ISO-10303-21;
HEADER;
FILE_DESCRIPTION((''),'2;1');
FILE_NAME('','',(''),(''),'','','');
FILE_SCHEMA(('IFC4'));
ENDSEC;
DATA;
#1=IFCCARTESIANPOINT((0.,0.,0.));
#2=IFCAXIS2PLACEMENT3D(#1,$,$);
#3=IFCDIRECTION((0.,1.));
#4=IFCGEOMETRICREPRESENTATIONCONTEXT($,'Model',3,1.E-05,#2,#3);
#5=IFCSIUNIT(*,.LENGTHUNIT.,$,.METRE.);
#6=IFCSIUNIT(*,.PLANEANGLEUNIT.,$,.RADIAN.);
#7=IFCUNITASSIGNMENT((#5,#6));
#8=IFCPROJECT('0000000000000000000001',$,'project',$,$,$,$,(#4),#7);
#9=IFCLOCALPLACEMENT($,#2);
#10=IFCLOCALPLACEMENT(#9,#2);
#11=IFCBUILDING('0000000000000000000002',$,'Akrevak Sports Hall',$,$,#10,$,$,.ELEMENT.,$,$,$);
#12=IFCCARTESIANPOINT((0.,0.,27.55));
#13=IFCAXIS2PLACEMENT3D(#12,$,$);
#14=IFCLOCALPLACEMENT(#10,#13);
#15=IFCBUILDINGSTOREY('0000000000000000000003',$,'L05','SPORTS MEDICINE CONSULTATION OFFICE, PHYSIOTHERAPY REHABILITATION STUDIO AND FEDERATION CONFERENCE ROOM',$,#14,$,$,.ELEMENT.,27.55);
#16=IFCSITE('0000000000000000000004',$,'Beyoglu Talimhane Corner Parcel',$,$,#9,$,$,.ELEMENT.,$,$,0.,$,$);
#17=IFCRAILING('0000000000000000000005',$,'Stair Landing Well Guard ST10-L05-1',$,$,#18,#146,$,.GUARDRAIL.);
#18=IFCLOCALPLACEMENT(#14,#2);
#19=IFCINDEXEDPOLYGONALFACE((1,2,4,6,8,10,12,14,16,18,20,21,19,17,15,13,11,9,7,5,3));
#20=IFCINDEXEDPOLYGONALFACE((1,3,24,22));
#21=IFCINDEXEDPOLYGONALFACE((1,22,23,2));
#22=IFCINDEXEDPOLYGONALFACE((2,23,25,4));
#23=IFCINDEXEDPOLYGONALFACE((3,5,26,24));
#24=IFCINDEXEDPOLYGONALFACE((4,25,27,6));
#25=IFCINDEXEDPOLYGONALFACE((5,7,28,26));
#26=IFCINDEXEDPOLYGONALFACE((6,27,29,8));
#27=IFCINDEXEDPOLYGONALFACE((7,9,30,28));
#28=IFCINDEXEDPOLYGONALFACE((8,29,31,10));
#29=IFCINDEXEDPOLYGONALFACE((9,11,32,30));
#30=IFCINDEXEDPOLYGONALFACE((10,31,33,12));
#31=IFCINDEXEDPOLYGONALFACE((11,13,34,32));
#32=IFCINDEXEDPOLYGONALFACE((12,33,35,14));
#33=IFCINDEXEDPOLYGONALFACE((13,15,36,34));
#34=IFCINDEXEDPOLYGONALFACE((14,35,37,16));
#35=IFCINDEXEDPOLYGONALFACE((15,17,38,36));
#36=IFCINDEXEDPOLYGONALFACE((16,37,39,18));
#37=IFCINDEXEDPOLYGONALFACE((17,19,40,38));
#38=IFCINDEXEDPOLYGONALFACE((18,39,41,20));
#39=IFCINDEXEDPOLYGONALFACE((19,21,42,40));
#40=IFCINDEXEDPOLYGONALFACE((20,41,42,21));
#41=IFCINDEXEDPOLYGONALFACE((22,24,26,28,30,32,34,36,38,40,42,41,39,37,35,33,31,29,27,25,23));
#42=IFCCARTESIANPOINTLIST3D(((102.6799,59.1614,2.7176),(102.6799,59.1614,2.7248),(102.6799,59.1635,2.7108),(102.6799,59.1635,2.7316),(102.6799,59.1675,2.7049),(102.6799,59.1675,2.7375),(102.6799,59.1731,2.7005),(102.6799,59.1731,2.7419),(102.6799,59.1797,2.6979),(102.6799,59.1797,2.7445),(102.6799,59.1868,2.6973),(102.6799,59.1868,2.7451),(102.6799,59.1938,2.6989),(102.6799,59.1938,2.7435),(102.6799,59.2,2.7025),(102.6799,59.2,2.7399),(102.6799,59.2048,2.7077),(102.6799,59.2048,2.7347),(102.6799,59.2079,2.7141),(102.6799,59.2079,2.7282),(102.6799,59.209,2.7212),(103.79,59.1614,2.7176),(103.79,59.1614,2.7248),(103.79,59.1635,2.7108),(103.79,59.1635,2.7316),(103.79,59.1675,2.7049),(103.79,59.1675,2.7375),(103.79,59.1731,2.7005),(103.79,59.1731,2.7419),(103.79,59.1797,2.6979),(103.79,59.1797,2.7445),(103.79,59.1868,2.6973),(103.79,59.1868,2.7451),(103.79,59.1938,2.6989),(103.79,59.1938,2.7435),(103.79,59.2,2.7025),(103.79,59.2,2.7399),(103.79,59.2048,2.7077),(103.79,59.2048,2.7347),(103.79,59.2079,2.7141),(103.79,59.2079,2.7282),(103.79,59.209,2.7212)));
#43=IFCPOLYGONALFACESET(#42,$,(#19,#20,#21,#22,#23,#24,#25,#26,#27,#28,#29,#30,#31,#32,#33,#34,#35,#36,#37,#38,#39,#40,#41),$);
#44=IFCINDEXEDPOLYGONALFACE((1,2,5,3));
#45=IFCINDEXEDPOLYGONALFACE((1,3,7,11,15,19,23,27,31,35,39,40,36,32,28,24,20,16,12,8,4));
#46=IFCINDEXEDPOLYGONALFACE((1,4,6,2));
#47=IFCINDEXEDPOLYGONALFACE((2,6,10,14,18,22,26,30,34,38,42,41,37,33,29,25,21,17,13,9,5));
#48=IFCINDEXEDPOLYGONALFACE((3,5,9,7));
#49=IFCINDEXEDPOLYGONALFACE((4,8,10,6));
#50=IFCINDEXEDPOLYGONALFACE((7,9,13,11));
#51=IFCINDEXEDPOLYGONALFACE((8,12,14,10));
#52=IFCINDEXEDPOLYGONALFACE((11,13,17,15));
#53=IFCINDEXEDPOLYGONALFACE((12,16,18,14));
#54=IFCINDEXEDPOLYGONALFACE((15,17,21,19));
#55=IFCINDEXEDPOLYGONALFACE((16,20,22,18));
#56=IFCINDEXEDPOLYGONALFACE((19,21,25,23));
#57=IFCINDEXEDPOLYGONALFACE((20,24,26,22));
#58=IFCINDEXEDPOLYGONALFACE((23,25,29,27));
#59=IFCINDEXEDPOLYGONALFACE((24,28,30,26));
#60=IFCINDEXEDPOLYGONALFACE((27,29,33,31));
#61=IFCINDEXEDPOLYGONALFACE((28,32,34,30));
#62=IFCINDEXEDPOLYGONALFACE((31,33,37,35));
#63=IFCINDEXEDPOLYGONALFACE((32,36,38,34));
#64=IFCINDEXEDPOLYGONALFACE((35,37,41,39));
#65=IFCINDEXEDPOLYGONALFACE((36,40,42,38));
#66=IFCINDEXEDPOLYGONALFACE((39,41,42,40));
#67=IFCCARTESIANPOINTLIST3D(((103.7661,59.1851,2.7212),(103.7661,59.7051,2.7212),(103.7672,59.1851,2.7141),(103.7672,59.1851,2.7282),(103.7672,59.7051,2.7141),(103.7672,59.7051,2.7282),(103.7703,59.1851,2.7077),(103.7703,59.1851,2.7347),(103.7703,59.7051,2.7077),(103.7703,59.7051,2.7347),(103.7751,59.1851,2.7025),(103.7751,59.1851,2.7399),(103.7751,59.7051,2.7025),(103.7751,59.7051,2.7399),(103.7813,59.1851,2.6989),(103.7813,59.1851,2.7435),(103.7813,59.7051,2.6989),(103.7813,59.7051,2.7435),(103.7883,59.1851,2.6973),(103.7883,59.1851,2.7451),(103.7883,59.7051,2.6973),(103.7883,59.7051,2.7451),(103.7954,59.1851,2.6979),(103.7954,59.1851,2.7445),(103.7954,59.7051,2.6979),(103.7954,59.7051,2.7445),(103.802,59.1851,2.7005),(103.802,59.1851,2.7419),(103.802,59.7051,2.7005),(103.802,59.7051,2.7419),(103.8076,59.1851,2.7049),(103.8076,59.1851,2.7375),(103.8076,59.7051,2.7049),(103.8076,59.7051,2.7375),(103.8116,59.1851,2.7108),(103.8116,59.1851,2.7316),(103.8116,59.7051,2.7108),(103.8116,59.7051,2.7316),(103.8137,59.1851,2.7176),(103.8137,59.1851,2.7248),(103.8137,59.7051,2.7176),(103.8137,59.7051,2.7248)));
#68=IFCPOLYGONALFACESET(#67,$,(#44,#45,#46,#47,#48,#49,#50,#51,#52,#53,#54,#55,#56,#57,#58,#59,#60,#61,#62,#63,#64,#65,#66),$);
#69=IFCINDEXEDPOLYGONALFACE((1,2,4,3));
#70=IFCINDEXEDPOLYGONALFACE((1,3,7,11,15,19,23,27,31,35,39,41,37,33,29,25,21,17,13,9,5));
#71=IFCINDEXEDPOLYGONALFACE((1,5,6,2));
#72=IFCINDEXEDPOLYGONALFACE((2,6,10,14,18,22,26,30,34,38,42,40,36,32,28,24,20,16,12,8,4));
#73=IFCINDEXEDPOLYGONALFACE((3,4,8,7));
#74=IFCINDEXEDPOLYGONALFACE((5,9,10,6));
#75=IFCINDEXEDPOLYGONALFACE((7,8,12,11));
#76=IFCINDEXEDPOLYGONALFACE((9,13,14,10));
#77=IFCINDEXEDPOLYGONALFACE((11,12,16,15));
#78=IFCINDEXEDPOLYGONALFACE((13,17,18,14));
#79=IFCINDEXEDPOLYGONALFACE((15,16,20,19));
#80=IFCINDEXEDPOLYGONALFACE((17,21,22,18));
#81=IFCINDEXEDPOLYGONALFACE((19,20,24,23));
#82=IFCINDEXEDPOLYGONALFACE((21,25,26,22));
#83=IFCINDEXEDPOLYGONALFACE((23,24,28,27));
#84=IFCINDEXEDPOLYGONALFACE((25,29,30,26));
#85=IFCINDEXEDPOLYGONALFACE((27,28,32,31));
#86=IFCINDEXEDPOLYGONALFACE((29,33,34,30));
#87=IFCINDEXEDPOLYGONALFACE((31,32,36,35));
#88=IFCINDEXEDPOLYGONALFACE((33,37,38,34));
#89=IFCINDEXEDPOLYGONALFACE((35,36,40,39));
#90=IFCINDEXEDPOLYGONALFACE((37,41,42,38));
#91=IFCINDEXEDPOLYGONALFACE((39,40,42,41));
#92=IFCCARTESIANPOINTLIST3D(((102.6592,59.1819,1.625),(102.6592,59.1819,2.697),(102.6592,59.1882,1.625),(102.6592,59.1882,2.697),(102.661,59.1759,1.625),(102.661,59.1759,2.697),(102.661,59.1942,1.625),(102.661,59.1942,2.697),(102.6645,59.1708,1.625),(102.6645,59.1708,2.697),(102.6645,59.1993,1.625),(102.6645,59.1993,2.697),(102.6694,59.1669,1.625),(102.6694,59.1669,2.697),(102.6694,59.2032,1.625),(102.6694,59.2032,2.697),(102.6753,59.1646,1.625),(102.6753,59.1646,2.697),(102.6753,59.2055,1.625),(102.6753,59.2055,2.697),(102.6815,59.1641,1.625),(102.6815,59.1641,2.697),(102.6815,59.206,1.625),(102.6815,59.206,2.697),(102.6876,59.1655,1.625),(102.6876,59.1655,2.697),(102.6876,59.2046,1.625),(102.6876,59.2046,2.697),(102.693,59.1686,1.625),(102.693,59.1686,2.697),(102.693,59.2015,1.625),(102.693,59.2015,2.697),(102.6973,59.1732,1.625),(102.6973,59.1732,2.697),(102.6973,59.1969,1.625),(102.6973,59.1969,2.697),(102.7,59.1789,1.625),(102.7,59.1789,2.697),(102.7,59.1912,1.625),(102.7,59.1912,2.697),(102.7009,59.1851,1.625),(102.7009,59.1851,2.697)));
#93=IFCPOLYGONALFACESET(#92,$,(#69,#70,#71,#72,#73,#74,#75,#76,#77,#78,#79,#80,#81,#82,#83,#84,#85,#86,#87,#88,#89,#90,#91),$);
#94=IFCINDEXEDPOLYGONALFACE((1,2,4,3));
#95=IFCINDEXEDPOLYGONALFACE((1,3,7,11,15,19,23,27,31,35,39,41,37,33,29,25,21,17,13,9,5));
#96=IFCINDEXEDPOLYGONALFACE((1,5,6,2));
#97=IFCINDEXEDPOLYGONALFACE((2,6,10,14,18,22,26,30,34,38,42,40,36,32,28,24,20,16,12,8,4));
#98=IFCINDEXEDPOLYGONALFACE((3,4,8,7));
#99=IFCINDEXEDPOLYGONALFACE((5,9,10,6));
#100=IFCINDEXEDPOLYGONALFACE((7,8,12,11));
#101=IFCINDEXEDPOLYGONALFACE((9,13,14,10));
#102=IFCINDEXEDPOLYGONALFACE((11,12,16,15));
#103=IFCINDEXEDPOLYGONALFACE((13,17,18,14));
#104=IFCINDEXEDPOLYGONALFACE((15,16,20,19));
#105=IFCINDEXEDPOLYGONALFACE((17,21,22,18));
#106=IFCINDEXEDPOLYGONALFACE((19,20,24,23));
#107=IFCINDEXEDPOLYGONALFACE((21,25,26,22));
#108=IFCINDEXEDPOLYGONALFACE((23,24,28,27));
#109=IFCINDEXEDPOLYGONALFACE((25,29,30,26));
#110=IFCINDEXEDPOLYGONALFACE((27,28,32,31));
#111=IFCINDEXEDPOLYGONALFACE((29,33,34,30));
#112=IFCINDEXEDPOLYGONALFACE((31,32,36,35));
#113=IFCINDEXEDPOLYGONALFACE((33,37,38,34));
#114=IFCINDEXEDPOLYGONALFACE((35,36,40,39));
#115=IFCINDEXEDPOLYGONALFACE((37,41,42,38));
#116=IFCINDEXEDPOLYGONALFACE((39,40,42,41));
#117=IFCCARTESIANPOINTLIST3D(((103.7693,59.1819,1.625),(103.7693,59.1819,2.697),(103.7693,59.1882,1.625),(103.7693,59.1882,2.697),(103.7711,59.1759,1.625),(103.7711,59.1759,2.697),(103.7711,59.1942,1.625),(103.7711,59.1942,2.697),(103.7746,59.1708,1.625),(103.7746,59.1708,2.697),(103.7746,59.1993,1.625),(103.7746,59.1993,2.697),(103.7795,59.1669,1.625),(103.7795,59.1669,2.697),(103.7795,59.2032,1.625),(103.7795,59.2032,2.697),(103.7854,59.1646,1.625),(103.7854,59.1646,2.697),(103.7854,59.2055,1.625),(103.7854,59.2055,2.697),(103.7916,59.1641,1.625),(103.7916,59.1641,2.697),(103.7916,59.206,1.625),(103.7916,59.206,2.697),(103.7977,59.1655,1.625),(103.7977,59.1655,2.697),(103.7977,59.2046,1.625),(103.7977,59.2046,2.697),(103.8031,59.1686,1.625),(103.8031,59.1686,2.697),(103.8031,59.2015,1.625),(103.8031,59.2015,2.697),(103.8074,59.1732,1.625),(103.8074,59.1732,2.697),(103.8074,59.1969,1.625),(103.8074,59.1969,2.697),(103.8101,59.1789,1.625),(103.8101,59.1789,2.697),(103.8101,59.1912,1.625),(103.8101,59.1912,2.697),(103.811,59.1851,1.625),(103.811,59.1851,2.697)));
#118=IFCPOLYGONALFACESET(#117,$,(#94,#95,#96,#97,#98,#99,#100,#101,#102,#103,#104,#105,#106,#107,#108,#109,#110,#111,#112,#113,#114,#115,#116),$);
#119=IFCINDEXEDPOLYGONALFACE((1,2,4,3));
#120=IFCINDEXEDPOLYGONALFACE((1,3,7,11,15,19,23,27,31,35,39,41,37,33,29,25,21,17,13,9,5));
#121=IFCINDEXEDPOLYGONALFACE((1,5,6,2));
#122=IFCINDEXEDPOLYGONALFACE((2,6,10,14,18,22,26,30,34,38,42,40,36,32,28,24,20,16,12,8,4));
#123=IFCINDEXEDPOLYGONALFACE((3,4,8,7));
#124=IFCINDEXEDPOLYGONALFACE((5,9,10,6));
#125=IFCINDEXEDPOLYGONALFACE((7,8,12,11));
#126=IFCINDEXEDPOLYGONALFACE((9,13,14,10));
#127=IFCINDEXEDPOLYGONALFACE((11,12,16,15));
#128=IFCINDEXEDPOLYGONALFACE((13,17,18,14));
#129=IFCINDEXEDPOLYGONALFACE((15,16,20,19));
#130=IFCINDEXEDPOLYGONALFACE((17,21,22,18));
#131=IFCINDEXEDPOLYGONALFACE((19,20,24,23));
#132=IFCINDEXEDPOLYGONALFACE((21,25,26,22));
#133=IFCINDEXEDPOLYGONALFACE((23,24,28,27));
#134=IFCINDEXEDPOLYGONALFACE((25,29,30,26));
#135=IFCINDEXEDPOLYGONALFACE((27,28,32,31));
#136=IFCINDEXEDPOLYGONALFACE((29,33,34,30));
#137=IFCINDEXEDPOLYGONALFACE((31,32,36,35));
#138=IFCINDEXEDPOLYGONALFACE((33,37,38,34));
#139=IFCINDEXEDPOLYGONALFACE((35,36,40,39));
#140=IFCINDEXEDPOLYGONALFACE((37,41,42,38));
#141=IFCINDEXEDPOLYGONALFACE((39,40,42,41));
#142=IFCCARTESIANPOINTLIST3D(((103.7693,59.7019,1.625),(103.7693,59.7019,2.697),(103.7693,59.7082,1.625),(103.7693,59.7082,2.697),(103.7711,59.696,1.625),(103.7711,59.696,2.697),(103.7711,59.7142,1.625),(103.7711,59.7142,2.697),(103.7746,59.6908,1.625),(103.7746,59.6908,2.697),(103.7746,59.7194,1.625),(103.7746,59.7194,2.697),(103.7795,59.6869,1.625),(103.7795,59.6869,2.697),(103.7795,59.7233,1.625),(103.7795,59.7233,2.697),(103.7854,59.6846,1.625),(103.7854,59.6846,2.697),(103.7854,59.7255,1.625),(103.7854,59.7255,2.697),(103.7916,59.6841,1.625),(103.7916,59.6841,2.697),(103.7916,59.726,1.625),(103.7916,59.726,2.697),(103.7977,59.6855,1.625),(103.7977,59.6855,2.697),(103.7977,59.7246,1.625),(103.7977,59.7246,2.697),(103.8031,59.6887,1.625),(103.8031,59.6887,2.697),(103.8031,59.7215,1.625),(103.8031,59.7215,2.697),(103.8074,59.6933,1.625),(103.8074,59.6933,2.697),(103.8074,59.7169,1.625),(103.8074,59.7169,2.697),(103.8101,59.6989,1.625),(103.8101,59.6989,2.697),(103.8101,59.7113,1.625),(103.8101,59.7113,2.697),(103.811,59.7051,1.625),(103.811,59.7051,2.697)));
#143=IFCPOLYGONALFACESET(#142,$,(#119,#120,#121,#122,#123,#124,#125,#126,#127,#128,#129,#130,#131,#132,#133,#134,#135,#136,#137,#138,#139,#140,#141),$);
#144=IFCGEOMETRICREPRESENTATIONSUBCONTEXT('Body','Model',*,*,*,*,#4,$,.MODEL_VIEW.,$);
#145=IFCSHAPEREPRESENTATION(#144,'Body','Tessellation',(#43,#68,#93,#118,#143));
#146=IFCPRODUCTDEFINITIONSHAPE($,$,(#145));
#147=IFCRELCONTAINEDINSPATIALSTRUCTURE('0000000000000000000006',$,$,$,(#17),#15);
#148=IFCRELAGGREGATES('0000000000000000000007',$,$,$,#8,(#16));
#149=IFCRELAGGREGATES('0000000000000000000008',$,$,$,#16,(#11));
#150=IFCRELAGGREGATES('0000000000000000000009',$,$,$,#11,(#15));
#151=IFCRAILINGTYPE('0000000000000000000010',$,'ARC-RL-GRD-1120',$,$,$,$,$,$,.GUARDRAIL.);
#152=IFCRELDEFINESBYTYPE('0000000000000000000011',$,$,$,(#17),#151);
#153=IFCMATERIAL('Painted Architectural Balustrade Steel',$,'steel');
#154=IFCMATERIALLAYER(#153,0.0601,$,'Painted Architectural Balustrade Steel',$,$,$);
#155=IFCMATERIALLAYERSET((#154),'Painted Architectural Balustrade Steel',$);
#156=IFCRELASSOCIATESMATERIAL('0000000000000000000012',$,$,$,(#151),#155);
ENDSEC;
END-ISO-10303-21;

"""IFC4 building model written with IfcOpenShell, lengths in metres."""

from ifc_helpers import new_model, si_unit, direction, frame, origin, origin_2d, place, context, subcontext, project, spatial, circle, extrude, material, layer, layer_set, type_object, element, save


model = new_model("IFC4")

# Units and contexts
model_context = context("Model", 3, precision=1e-05, world=origin(), true_north=direction((0.0, 1.0)))
body_context = subcontext(model_context, "Body", "Model", "MODEL_VIEW")
ifc_project = project(units=[si_unit("LENGTHUNIT", "METRE"), si_unit("PLANEANGLEUNIT", "RADIAN")], contexts=[model_context])

# Site, building, storey
site_placement = place(None, origin())
site = spatial("IfcSite", under=ifc_project, at=site_placement, Name="Beyoglu Talimhane Corner Parcel", CompositionType="ELEMENT", RefElevation=0.0)
building_placement = place(site_placement, origin())
building = spatial("IfcBuilding", under=site, at=building_placement, Name="Akrevak Sports Hall", CompositionType="ELEMENT")
storey_placement = place(building_placement, frame((0.0, 0.0, 27.55)))
storey = spatial("IfcBuildingStorey", under=building, at=storey_placement, Name="L05", Description="SPORTS MEDICINE CONSULTATION OFFICE, PHYSIOTHERAPY REHABILITATION STUDIO AND FEDERATION CONFERENCE ROOM", CompositionType="ELEMENT", Elevation=27.55)

# Railing
ifc_material_1 = material(Name="Painted Architectural Balustrade Steel", Category="steel")
ifc_layer_1 = layer(ifc_material_1, 0.0601, Name="Painted Architectural Balustrade Steel")
ifc_layer_set_1 = layer_set([ifc_layer_1], Name="Painted Architectural Balustrade Steel")
railing_type_1 = type_object("IfcRailingType", Name="ARC-RL-GRD-1120", PredefinedType="GUARDRAIL", material=ifc_layer_set_1)
railing_1_placement = place(storey_placement, frame((102.6799, 59.1851, 1.625)))
element("IfcRailing", 1, at=railing_1_placement, inside=storey, type_object=railing_type_1, Name="Stair Landing Well Guard ST10-L05-1", PredefinedType="GUARDRAIL", context=body_context, shape_type="SweptSolid", body=[
    extrude(circle(Radius=0.0239, at=origin_2d()), frame((0.0, 0.0, 1.0962), z_axis=(1.0, 0.0, 0.0), x_axis=(0.0, 1.0, 0.0)), (0.0, 0.0, 1.0), 1.1101),
    extrude(circle(Radius=0.0239, at=origin_2d()), frame((1.1101, 0.0, 1.0962), z_axis=(0.0, 1.0, 0.0), x_axis=(-1.0, 0.0, 0.0)), (0.0, 0.0, 1.0), 0.52),
    extrude(circle(Radius=0.021, at=origin_2d()), origin(), (0.0, 0.0, 1.0), 1.072),
    extrude(circle(Radius=0.021, at=origin_2d()), frame((1.1101, 0.0, 0.0)), (0.0, 0.0, 1.0), 1.072),
    extrude(circle(Radius=0.021, at=origin_2d()), frame((1.1101, 0.52, 0.0)), (0.0, 0.0, 1.0), 1.072),
])

save(model, "model.ifc")
